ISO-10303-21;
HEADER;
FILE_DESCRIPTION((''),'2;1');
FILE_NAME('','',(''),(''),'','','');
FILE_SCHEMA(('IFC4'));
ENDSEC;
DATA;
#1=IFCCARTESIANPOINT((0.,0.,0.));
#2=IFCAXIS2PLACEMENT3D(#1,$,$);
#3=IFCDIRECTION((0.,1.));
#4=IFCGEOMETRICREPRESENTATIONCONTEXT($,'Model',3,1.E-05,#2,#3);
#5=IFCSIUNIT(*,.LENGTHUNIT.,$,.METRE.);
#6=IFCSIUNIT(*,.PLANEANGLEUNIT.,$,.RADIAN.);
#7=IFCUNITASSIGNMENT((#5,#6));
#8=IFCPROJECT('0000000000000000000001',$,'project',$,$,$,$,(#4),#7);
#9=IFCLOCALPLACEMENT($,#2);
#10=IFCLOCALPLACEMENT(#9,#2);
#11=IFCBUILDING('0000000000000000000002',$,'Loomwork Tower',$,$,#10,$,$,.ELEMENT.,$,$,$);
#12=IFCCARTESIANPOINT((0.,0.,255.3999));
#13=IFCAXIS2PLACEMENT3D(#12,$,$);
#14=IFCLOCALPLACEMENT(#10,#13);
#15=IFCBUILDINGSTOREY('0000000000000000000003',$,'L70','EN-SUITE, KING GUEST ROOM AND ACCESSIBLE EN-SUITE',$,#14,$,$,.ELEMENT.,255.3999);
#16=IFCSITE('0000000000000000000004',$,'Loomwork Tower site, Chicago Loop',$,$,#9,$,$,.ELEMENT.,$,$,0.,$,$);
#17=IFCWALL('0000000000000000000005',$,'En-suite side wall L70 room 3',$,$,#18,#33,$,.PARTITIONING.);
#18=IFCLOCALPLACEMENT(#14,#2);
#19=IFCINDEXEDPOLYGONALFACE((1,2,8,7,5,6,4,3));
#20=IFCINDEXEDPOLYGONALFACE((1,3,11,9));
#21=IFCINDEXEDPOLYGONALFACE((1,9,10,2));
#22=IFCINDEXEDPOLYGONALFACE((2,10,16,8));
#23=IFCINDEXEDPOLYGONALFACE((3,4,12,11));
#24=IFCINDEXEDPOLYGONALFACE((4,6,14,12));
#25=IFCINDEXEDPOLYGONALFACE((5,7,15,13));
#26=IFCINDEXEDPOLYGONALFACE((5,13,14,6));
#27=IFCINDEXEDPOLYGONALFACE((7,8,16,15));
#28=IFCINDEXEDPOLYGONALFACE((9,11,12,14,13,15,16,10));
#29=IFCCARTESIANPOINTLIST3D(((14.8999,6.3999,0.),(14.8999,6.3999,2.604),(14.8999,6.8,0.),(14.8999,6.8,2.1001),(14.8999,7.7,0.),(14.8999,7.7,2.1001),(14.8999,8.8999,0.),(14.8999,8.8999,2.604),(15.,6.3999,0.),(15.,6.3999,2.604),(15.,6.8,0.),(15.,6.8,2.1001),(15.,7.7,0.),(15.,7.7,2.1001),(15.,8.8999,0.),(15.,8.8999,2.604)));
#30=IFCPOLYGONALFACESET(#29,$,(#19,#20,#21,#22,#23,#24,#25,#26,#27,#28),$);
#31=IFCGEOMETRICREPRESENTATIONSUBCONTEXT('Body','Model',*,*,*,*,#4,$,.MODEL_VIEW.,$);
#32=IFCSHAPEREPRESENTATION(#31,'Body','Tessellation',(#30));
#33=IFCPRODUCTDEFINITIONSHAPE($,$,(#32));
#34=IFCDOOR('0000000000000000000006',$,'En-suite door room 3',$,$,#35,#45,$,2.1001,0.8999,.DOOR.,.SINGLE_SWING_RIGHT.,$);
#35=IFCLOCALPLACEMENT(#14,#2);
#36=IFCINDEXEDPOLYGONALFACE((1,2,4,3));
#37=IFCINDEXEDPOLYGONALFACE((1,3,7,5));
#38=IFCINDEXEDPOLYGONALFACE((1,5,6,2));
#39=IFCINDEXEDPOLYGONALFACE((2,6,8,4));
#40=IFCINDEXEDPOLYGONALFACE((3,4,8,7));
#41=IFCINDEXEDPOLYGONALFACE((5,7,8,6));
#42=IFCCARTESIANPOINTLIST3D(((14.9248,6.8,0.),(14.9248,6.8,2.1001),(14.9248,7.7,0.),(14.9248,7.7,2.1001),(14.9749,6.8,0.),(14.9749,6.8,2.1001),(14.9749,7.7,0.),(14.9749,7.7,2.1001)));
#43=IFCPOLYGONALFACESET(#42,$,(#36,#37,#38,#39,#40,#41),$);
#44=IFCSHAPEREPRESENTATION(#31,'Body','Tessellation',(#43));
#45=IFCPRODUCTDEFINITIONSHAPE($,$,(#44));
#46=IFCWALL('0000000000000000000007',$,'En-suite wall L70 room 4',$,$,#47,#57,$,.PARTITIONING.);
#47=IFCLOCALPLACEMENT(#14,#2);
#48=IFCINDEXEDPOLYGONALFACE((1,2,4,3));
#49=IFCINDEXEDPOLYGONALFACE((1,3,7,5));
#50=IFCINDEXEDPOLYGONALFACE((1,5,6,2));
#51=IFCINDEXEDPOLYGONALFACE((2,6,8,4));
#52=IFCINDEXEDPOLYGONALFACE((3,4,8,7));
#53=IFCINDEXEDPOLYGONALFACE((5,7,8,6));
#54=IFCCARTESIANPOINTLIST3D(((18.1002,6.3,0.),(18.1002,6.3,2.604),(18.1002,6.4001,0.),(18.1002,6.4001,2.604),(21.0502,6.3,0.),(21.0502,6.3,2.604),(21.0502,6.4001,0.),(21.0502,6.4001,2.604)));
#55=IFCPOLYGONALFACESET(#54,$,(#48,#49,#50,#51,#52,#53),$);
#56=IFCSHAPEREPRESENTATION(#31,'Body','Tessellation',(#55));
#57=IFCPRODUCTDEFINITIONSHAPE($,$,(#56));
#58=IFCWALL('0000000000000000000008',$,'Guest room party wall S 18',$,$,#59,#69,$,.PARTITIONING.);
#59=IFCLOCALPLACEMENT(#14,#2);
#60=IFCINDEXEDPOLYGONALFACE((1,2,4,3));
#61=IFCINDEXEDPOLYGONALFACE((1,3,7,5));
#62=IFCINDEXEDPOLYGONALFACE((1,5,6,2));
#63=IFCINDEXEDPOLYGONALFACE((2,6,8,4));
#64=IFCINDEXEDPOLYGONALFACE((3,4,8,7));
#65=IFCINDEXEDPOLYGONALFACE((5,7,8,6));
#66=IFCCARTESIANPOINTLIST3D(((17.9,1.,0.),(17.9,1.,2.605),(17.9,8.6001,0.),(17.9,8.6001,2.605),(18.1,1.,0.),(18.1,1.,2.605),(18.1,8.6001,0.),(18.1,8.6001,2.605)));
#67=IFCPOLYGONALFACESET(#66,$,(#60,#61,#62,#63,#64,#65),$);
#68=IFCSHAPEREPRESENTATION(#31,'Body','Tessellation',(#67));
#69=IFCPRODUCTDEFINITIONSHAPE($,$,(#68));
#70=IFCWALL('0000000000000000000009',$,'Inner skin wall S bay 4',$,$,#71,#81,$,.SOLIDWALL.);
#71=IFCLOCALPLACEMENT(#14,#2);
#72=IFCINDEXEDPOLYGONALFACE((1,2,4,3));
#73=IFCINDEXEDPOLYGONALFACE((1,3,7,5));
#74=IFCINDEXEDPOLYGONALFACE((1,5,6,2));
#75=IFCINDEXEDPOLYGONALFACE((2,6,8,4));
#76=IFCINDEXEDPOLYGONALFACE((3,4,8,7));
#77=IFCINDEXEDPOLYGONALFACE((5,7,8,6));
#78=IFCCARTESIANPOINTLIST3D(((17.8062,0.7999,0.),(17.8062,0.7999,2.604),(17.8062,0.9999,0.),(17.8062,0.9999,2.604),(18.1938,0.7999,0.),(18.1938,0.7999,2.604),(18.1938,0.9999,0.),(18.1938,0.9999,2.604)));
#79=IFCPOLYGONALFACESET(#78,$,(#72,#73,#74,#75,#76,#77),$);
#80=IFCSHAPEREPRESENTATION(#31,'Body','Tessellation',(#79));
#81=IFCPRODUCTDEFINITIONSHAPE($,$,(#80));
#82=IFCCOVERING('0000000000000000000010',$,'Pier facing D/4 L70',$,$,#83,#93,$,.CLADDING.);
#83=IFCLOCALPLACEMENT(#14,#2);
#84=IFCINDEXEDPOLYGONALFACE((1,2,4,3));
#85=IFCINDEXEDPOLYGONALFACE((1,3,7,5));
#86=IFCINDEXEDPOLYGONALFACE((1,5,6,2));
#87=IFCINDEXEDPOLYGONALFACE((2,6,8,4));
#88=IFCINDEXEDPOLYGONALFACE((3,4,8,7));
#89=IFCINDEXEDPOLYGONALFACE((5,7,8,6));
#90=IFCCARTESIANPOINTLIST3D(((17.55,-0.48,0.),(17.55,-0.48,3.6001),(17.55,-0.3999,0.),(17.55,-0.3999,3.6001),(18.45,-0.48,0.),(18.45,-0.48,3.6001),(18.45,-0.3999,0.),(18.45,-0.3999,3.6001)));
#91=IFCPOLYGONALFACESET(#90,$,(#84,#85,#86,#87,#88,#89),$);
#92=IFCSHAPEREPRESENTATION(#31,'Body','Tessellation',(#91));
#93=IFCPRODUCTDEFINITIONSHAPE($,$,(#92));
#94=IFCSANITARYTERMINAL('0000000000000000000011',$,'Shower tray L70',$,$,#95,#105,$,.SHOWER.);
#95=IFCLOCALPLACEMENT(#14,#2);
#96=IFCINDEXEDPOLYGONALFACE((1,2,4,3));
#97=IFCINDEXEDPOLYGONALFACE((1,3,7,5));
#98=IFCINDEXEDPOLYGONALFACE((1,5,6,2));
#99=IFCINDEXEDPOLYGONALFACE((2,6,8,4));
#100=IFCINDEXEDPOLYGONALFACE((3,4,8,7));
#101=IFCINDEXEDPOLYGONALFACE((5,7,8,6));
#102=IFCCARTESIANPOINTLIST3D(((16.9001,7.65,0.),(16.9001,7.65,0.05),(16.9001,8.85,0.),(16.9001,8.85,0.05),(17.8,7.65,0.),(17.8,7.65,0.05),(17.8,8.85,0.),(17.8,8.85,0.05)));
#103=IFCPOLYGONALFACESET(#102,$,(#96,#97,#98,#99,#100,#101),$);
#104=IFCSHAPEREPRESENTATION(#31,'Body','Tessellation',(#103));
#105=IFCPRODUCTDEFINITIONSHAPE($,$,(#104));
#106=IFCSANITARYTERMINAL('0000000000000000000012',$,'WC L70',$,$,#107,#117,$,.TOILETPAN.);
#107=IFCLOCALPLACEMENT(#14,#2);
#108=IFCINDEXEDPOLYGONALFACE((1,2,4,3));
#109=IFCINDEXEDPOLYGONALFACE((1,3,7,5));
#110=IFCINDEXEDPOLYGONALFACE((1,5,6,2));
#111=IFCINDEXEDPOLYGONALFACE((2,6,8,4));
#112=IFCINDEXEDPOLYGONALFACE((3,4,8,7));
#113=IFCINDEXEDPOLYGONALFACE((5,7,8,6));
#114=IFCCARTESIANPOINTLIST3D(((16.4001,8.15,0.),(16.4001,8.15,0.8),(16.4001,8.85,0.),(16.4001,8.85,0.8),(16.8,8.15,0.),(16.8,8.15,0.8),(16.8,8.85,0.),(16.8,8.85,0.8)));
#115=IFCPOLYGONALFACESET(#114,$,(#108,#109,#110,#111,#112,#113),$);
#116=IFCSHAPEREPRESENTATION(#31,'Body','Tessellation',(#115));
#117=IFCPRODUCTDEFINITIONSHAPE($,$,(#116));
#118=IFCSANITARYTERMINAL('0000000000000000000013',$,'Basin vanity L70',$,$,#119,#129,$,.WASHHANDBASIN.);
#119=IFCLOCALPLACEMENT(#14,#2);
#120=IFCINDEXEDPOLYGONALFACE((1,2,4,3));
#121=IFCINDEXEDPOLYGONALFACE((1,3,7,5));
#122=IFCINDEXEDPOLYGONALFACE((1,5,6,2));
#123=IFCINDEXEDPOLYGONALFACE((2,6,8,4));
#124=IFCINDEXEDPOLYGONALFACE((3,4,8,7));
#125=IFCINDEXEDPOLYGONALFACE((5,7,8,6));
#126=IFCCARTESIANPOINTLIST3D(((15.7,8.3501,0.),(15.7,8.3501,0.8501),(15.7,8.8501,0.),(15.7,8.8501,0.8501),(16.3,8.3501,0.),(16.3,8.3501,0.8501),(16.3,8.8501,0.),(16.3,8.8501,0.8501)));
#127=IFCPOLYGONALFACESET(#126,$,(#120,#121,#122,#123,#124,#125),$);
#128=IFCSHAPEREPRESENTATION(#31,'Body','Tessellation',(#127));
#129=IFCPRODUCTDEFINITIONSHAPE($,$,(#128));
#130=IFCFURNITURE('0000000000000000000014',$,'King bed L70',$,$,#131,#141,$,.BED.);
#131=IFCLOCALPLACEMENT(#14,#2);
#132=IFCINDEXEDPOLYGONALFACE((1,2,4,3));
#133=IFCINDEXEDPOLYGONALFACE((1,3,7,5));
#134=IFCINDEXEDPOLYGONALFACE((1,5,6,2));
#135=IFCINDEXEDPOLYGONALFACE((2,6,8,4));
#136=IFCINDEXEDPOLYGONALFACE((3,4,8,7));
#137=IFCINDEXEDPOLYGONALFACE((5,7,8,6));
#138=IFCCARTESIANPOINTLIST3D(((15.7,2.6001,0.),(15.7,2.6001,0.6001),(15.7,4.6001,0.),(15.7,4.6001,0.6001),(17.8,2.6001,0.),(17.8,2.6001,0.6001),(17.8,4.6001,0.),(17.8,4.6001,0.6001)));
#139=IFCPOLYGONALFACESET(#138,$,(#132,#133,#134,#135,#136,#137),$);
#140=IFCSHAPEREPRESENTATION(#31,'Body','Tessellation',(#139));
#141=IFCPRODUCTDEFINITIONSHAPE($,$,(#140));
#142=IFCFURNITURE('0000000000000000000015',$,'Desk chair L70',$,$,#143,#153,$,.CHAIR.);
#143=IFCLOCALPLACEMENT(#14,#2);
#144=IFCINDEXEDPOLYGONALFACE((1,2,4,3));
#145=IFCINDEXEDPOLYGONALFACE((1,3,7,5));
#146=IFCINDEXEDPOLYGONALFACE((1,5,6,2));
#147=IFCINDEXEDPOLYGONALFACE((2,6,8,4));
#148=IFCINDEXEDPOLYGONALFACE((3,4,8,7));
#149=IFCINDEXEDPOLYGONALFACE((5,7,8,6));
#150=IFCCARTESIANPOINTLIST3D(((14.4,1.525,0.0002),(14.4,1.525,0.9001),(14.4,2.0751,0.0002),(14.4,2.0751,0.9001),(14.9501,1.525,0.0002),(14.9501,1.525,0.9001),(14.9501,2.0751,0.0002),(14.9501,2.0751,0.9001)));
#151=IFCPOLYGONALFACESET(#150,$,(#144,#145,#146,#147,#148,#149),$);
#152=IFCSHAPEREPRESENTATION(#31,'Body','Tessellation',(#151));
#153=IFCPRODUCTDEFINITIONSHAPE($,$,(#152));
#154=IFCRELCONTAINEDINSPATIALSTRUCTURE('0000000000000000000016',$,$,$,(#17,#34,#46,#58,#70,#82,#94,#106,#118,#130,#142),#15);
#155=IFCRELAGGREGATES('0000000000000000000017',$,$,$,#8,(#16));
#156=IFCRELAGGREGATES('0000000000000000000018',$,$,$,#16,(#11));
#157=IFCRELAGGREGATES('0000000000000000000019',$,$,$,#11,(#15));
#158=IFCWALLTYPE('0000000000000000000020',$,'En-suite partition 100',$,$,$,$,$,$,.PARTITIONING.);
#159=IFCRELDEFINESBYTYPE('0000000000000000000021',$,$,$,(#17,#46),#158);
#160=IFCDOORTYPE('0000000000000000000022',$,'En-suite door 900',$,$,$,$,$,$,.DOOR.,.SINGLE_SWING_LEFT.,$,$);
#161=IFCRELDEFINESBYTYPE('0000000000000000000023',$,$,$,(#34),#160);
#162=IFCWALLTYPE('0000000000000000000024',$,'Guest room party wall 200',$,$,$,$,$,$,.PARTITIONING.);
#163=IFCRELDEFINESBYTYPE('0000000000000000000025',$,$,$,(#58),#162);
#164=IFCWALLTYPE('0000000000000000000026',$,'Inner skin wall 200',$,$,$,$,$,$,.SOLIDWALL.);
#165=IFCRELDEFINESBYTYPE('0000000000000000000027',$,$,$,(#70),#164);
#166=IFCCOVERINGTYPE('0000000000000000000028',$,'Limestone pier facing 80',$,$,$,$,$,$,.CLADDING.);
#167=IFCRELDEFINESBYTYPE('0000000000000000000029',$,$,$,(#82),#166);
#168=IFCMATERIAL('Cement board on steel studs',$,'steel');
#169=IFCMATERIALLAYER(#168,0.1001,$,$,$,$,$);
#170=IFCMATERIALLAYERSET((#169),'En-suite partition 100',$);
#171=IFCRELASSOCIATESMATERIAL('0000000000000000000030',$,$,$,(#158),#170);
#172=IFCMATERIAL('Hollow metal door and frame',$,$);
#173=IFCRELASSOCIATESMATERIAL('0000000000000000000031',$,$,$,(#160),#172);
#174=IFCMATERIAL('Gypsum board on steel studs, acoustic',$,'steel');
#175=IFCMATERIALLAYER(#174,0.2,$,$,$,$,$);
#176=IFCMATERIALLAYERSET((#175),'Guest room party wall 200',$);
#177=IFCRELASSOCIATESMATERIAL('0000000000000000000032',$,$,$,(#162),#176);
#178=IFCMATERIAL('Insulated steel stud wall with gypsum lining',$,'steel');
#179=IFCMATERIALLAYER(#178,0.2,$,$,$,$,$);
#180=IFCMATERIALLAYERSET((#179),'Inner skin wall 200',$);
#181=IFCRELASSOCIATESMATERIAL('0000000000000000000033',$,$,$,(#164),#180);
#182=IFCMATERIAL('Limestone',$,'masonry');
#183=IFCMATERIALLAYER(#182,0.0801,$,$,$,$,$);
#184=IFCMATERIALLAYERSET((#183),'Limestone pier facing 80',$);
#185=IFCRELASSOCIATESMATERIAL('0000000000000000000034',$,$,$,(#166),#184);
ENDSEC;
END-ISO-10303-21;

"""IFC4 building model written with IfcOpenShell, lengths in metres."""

from ifc_helpers import new_model, si_unit, direction, frame, frame_2d, origin, origin_2d, place, context, subcontext, project, spatial, rectangle, extrude, material, layer, layer_set, type_object, element, fill, save


model = new_model("IFC4")

# Units and contexts
model_context = context("Model", 3, precision=1e-05, world=origin(), true_north=direction((0.0, 1.0)))
body_context = subcontext(model_context, "Body", "Model", "MODEL_VIEW")
ifc_project = project(units=[si_unit("LENGTHUNIT", "METRE"), si_unit("PLANEANGLEUNIT", "RADIAN")], contexts=[model_context])

# Site, building, storey
site_placement = place(None, origin())
site = spatial("IfcSite", under=ifc_project, at=site_placement, Name="Loomwork Tower site, Chicago Loop", CompositionType="ELEMENT", RefElevation=0.0)
building_placement = place(site_placement, origin())
building = spatial("IfcBuilding", under=site, at=building_placement, Name="Loomwork Tower", CompositionType="ELEMENT")
storey_placement = place(building_placement, frame((0.0, 0.0, 255.3999)))
storey = spatial("IfcBuildingStorey", under=building, at=storey_placement, Name="L70", Description="EN-SUITE, KING GUEST ROOM AND ACCESSIBLE EN-SUITE", CompositionType="ELEMENT", Elevation=255.3999)

# Shared definitions
ifc_material_1 = material(Name="Cement board on steel studs", Category="steel")
ifc_layer_1 = layer(ifc_material_1, 0.1001)
ifc_layer_set_1 = layer_set([ifc_layer_1], Name="En-suite partition 100")
wall_type_1 = type_object("IfcWallType", Name="En-suite partition 100", PredefinedType="PARTITIONING", material=ifc_layer_set_1)

# Wall, opening, door
wall_1_placement = place(storey_placement, frame((14.95, 8.8999, 0.0), z_axis=(0.0, 0.0, 1.0), x_axis=(0.0, -1.0, 0.0)))
wall_1 = element("IfcWall", 1, at=wall_1_placement, inside=storey, type_object=wall_type_1, Name="En-suite side wall L70 room 3", PredefinedType="PARTITIONING", context=body_context, shape_type="SweptSolid", body=[
    extrude(rectangle(XDim=2.5, YDim=0.1001, at=frame_2d((1.25, 0.0))), origin(), (0.0, 0.0, 1.0), 2.604),
])
opening_placement = place(wall_1_placement, frame((1.2, 0.0, 0.0)))
opening = element("IfcOpeningElement", 2, at=opening_placement, cuts=wall_1, PredefinedType="OPENING", context=body_context, shape_type="SweptSolid", body=[
    extrude(rectangle(XDim=0.8999, YDim=2.1001, at=frame_2d((0.45, 1.05))), frame((0.0, 0.0601, 0.0), z_axis=(0.0, -1.0, 0.0), x_axis=(1.0, 0.0, 0.0)), (0.0, 0.0, 1.0), 0.1201),
])
ifc_material_2 = material(Name="Hollow metal door and frame")
door_type = type_object("IfcDoorType", Name="En-suite door 900", OperationType="SINGLE_SWING_LEFT", PredefinedType="DOOR", material=ifc_material_2)
door_placement = place(opening_placement, origin())
door = element("IfcDoor", 3, at=door_placement, inside=storey, type_object=door_type, Name="En-suite door room 3", OperationType="SINGLE_SWING_RIGHT", OverallHeight=2.1001, OverallWidth=0.8999, PredefinedType="DOOR", context=body_context, shape_type="SweptSolid", body=[
    extrude(rectangle(XDim=0.8999, YDim=2.1001, at=frame_2d((0.45, 1.05))), frame((0.0, 0.0249, 0.0), z_axis=(0.0, -1.0, 0.0), x_axis=(1.0, 0.0, 0.0)), (0.0, 0.0, 1.0), 0.05),
])
fill(opening, door)

# Walls
wall_2_placement = place(storey_placement, frame((18.1001, 6.3501, 0.0), z_axis=(0.0, 0.0, 1.0), x_axis=(1.0, 0.0, 0.0)))
element("IfcWall", 4, at=wall_2_placement, inside=storey, type_object=wall_type_1, Name="En-suite wall L70 room 4", PredefinedType="PARTITIONING", context=body_context, shape_type="SweptSolid", body=[
    extrude(rectangle(XDim=2.95, YDim=0.1001, at=frame_2d((1.4751, 0.0))), origin(), (0.0, 0.0, 1.0), 2.604),
])
ifc_material_3 = material(Name="Gypsum board on steel studs, acoustic", Category="steel")
ifc_layer_2 = layer(ifc_material_3, 0.2)
ifc_layer_set_2 = layer_set([ifc_layer_2], Name="Guest room party wall 200")
wall_type_2 = type_object("IfcWallType", Name="Guest room party wall 200", PredefinedType="PARTITIONING", material=ifc_layer_set_2)
wall_3_placement = place(storey_placement, frame((18.0, 8.6001, 0.0), z_axis=(0.0, 0.0, 1.0), x_axis=(0.0, -1.0, 0.0)))
element("IfcWall", 5, at=wall_3_placement, inside=storey, type_object=wall_type_2, Name="Guest room party wall S 18", PredefinedType="PARTITIONING", context=body_context, shape_type="SweptSolid", body=[
    extrude(rectangle(XDim=7.6001, YDim=0.2, at=frame_2d((3.8, 0.0))), origin(), (0.0, 0.0, 1.0), 2.605),
])
ifc_material_4 = material(Name="Insulated steel stud wall with gypsum lining", Category="steel")
ifc_layer_3 = layer(ifc_material_4, 0.2)
ifc_layer_set_3 = layer_set([ifc_layer_3], Name="Inner skin wall 200")
wall_type_3 = type_object("IfcWallType", Name="Inner skin wall 200", PredefinedType="SOLIDWALL", material=ifc_layer_set_3)
wall_4_placement = place(storey_placement, frame((17.8062, 0.8999, 0.0), z_axis=(0.0, 0.0, 1.0), x_axis=(1.0, 0.0, 0.0)))
element("IfcWall", 6, at=wall_4_placement, inside=storey, type_object=wall_type_3, Name="Inner skin wall S bay 4", PredefinedType="SOLIDWALL", context=body_context, shape_type="SweptSolid", body=[
    extrude(rectangle(XDim=0.3877, YDim=0.2, at=frame_2d((0.1938, 0.0))), origin(), (0.0, 0.0, 1.0), 2.604),
])

# Covering
ifc_material_5 = material(Name="Limestone", Category="masonry")
ifc_layer_4 = layer(ifc_material_5, 0.0801)
ifc_layer_set_4 = layer_set([ifc_layer_4], Name="Limestone pier facing 80")
covering_type = type_object("IfcCoveringType", Name="Limestone pier facing 80", PredefinedType="CLADDING", material=ifc_layer_set_4)
covering_placement = place(storey_placement, frame((18.0, -0.4399, 0.0), z_axis=(0.0, 0.0, 1.0), x_axis=(1.0, 0.0, 0.0)))
element("IfcCovering", 7, at=covering_placement, inside=storey, type_object=covering_type, Name="Pier facing D/4 L70", PredefinedType="CLADDING", context=body_context, shape_type="SweptSolid", body=[
    extrude(rectangle(XDim=0.8999, YDim=0.0801, at=origin_2d()), origin(), (0.0, 0.0, 1.0), 3.6001),
])

# Sanitary terminals
sanitary_terminal_1_placement = place(storey_placement, frame((17.3501, 8.25, 0.0), z_axis=(0.0, 0.0, 1.0), x_axis=(1.0, 0.0, 0.0)))
element("IfcSanitaryTerminal", 8, at=sanitary_terminal_1_placement, inside=storey, Name="Shower tray L70", PredefinedType="SHOWER", context=body_context, shape_type="SweptSolid", body=[
    extrude(rectangle(XDim=0.8999, YDim=1.2, at=origin_2d()), origin(), (0.0, 0.0, 1.0), 0.05),
])
sanitary_terminal_2_placement = place(storey_placement, frame((16.6001, 8.5, 0.0), z_axis=(0.0, 0.0, 1.0), x_axis=(1.0, 0.0, 0.0)))
element("IfcSanitaryTerminal", 9, at=sanitary_terminal_2_placement, inside=storey, Name="WC L70", PredefinedType="TOILETPAN", context=body_context, shape_type="SweptSolid", body=[
    extrude(rectangle(XDim=0.3999, YDim=0.7, at=origin_2d()), origin(), (0.0, 0.0, 1.0), 0.8),
])
sanitary_terminal_3_placement = place(storey_placement, frame((16.0, 8.6001, 0.0), z_axis=(0.0, 0.0, 1.0), x_axis=(1.0, 0.0, 0.0)))
element("IfcSanitaryTerminal", 10, at=sanitary_terminal_3_placement, inside=storey, Name="Basin vanity L70", PredefinedType="WASHHANDBASIN", context=body_context, shape_type="SweptSolid", body=[
    extrude(rectangle(XDim=0.6001, YDim=0.5, at=origin_2d()), origin(), (0.0, 0.0, 1.0), 0.8501),
])

# Furniture
furniture_1_placement = place(storey_placement, frame((16.75, 3.6001, 0.0), z_axis=(0.0, 0.0, 1.0), x_axis=(1.0, 0.0, 0.0)))
element("IfcFurniture", 11, at=furniture_1_placement, inside=storey, Name="King bed L70", PredefinedType="BED", context=body_context, shape_type="SweptSolid", body=[
    extrude(rectangle(XDim=2.1001, YDim=2.0, at=origin_2d()), origin(), (0.0, 0.0, 1.0), 0.6001),
])
furniture_2_placement = place(storey_placement, frame((14.675, 1.8, 0.0002), z_axis=(0.0, 0.0, 1.0), x_axis=(1.0, 0.0, 0.0)))
element("IfcFurniture", 12, at=furniture_2_placement, inside=storey, Name="Desk chair L70", PredefinedType="CHAIR", context=body_context, shape_type="SweptSolid", body=[
    extrude(rectangle(XDim=0.55, YDim=0.55, at=origin_2d()), origin(), (0.0, 0.0, 1.0), 0.8999),
])

save(model, "model.ifc")
